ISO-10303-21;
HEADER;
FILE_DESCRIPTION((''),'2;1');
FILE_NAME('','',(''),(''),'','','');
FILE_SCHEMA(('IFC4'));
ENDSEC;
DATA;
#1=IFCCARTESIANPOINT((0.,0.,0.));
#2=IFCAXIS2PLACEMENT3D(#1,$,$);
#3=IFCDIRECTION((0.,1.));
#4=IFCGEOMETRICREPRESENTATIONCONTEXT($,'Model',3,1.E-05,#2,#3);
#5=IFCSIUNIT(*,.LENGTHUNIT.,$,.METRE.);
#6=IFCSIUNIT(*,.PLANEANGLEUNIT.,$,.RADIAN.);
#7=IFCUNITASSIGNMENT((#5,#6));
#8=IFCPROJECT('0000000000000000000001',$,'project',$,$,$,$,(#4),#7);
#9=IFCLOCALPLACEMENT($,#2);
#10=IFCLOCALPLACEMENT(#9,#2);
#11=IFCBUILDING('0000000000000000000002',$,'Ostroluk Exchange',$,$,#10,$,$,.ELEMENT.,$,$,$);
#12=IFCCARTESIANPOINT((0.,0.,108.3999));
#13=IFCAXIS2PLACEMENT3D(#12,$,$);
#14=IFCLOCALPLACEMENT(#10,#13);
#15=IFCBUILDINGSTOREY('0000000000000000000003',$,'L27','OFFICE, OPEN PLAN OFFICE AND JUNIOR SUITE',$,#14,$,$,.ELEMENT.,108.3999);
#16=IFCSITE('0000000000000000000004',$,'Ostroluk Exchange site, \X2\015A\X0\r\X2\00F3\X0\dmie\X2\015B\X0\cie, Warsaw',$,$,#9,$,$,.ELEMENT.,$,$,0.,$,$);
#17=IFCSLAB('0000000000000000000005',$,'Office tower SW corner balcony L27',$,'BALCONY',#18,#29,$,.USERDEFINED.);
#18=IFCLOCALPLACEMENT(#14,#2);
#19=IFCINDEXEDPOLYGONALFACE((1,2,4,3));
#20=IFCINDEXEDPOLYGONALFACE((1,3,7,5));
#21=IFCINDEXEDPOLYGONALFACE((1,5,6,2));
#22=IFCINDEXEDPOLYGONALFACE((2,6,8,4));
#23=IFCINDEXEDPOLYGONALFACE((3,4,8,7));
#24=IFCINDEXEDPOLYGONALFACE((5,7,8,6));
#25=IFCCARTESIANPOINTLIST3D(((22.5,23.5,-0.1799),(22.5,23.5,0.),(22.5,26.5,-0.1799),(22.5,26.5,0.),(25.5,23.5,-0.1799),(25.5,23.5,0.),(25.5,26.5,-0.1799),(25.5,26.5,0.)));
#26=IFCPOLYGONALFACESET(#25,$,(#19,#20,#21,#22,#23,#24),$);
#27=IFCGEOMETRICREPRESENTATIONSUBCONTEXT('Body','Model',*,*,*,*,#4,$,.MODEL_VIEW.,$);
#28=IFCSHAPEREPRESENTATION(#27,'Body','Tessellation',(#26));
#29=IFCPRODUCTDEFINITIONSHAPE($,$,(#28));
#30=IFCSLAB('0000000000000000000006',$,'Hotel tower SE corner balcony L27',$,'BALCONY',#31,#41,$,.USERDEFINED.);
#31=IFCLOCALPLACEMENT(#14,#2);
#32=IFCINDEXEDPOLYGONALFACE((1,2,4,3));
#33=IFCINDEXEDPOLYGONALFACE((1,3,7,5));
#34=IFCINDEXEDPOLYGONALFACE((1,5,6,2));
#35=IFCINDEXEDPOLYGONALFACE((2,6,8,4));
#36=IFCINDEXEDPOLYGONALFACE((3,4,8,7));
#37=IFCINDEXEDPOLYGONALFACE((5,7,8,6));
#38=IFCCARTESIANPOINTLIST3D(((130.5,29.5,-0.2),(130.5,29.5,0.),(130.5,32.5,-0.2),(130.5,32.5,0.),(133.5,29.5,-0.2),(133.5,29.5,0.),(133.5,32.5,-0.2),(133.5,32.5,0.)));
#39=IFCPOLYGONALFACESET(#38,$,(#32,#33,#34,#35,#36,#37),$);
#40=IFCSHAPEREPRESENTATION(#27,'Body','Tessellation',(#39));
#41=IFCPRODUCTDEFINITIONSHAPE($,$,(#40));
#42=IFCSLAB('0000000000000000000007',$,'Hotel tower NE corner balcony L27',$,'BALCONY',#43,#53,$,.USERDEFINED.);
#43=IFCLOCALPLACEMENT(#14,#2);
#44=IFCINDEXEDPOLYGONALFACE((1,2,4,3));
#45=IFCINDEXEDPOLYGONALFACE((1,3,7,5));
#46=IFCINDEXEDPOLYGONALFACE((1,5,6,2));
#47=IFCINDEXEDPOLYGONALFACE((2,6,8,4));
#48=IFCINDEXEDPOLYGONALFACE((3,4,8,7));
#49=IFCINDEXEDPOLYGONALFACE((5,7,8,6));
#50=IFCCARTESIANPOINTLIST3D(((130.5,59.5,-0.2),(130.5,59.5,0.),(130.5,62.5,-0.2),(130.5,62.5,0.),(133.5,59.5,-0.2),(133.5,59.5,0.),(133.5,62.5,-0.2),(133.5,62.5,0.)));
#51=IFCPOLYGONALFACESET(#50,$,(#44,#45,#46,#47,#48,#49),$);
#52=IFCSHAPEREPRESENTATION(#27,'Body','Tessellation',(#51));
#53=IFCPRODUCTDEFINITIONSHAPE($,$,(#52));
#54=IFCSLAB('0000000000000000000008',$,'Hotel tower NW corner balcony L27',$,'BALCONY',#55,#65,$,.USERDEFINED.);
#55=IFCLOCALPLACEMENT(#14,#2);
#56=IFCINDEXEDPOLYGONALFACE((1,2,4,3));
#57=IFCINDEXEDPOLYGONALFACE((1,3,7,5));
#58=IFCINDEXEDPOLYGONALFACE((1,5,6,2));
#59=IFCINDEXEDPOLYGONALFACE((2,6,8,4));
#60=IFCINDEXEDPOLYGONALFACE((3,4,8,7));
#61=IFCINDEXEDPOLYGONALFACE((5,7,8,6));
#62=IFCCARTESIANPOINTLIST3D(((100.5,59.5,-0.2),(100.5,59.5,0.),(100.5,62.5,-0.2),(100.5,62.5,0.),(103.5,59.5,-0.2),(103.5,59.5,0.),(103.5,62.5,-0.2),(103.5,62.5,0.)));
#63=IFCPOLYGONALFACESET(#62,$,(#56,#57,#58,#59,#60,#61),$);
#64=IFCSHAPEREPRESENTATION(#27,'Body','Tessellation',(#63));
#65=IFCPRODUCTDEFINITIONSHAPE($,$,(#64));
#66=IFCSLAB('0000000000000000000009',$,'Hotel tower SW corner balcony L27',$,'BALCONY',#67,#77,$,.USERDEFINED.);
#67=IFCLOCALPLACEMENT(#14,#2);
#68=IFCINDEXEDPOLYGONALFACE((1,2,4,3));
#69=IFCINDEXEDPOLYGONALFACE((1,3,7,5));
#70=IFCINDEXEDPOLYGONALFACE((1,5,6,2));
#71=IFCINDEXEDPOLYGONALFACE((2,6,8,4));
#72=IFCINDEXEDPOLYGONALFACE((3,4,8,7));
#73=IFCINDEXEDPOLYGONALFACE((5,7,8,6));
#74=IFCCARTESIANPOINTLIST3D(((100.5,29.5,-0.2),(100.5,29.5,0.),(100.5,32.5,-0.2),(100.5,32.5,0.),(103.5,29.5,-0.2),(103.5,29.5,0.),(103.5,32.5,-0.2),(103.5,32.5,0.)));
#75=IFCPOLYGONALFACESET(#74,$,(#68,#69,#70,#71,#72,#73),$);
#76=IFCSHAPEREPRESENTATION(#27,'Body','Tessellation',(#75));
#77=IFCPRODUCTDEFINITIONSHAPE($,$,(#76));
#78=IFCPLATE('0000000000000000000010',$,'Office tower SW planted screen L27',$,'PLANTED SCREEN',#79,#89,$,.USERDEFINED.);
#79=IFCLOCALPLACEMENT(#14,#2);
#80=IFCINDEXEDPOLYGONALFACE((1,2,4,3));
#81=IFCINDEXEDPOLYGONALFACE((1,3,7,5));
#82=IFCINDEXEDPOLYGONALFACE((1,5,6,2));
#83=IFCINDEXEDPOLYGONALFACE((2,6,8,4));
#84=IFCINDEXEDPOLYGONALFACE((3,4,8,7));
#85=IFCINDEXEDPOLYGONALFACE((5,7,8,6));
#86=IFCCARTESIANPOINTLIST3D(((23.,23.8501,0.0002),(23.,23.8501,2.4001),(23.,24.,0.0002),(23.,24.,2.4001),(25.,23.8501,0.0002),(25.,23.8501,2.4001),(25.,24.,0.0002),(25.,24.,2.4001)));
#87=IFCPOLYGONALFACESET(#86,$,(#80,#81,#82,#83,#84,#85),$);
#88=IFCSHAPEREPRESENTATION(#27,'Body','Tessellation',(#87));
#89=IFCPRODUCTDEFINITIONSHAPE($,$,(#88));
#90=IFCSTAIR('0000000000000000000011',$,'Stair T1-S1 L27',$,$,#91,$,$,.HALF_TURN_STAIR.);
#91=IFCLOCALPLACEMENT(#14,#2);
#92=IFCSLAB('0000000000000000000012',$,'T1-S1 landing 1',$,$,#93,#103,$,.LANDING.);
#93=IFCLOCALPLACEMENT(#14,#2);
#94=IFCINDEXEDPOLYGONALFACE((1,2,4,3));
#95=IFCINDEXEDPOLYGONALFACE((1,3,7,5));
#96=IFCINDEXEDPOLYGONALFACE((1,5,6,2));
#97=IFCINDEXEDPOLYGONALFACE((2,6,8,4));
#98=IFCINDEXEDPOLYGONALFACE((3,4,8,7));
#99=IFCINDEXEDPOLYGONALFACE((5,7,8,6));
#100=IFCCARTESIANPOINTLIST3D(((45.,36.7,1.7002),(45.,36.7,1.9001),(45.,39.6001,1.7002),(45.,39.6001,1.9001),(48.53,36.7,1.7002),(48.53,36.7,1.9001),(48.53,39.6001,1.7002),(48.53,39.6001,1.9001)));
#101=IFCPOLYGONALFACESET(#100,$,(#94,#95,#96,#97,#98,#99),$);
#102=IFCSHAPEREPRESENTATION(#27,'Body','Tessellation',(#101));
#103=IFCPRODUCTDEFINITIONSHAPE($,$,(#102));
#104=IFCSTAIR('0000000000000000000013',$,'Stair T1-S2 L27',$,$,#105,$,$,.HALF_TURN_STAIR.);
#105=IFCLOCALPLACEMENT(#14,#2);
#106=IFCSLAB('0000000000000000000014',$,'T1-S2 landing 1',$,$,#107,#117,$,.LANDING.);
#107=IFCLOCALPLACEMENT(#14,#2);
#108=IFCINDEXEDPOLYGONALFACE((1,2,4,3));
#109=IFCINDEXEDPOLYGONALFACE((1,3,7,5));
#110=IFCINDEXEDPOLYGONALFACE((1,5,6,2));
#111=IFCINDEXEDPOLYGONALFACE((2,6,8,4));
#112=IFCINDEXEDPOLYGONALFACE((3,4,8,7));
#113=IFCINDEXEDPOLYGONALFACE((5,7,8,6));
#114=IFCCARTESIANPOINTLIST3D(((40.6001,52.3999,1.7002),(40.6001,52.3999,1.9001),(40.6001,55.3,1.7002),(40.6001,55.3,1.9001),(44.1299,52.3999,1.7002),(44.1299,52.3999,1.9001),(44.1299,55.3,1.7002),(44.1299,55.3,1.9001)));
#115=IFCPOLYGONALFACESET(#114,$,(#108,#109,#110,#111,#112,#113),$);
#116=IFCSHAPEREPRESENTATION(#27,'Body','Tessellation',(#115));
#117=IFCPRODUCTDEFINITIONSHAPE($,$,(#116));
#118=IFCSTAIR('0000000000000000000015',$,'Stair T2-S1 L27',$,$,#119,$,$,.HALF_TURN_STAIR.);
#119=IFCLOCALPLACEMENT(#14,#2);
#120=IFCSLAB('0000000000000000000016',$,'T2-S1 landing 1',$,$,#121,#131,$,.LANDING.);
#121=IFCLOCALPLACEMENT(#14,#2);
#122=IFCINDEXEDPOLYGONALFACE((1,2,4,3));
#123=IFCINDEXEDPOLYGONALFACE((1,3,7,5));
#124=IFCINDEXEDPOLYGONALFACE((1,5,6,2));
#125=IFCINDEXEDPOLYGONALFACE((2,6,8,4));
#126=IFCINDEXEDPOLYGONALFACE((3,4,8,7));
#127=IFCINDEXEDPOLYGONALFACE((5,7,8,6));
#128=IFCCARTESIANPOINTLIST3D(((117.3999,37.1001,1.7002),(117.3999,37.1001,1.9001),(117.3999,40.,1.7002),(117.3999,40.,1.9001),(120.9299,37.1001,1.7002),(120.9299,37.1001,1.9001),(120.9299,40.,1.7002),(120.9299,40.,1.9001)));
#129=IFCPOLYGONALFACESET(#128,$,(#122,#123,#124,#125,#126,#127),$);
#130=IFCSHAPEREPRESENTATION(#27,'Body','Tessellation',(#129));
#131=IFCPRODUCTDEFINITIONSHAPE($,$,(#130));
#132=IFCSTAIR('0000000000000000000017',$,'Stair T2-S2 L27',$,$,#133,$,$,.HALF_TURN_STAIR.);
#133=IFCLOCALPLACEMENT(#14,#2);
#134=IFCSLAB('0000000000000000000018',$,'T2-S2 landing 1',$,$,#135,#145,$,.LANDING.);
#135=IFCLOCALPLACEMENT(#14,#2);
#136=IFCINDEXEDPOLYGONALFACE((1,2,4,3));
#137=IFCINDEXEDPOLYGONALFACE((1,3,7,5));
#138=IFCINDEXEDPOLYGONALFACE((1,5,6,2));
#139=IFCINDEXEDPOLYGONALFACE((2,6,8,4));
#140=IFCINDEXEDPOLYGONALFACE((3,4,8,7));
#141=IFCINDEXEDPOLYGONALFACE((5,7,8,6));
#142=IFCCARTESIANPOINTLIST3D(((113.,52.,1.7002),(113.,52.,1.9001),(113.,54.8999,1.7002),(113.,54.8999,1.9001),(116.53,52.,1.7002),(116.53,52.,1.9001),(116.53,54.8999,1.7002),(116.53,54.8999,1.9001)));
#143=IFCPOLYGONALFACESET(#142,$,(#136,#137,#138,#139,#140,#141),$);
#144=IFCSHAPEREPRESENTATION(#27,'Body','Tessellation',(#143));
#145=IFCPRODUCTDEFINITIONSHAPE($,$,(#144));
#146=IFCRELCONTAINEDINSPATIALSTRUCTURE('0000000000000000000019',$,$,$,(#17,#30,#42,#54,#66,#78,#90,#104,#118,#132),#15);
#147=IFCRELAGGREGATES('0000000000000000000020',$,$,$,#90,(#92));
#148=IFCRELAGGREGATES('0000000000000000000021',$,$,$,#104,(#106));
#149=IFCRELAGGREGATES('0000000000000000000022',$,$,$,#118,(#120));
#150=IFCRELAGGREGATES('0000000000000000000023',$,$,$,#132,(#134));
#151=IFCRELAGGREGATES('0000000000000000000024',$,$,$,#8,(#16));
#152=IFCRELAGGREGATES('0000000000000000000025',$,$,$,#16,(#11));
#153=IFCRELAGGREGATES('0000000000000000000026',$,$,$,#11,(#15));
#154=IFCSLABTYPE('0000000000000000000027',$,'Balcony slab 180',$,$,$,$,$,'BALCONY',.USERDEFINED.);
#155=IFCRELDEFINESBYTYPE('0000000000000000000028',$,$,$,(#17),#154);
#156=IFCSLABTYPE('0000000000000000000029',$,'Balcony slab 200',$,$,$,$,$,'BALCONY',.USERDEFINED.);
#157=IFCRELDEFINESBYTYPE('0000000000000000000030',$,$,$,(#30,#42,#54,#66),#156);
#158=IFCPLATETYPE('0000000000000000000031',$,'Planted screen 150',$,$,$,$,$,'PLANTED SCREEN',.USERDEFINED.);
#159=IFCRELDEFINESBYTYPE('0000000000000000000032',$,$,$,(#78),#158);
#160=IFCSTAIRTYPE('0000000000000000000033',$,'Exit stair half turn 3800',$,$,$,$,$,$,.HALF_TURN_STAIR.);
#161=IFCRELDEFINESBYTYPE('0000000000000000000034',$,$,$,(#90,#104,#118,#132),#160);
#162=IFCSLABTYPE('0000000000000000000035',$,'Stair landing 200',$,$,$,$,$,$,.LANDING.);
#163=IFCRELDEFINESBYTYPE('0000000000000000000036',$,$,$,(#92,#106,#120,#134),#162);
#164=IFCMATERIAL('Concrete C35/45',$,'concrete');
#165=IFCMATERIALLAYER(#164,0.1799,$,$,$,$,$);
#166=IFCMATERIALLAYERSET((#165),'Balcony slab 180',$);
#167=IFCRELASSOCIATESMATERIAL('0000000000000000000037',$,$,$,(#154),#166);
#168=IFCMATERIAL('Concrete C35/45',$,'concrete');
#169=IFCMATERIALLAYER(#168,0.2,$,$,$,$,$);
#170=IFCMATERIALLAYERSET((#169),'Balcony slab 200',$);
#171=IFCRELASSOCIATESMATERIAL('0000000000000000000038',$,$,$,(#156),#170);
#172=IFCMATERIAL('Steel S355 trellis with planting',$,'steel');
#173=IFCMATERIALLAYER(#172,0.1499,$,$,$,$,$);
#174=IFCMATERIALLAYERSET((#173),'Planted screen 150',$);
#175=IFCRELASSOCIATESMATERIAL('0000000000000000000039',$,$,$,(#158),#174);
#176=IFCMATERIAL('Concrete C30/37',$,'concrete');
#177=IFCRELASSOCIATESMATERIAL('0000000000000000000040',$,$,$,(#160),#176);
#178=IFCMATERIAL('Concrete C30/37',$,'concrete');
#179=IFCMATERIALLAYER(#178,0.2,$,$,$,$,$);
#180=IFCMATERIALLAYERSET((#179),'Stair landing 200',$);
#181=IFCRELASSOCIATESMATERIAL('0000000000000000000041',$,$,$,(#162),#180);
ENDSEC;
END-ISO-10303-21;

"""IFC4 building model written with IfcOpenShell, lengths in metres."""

from ifc_helpers import new_model, si_unit, direction, frame, origin, origin_2d, place, context, subcontext, project, spatial, polyline, rectangle, outline, extrude, material, layer, layer_set, type_object, element, aggregate, save


model = new_model("IFC4")

# Units and contexts
model_context = context("Model", 3, precision=1e-05, world=origin(), true_north=direction((0.0, 1.0)))
body_context = subcontext(model_context, "Body", "Model", "MODEL_VIEW")
ifc_project = project(units=[si_unit("LENGTHUNIT", "METRE"), si_unit("PLANEANGLEUNIT", "RADIAN")], contexts=[model_context])

# Site, building, storey
site_placement = place(None, origin())
site = spatial("IfcSite", under=ifc_project, at=site_placement, Name="Ostroluk Exchange site, Śródmieście, Warsaw", CompositionType="ELEMENT", RefElevation=0.0)
building_placement = place(site_placement, origin())
building = spatial("IfcBuilding", under=site, at=building_placement, Name="Ostroluk Exchange", CompositionType="ELEMENT")
storey_placement = place(building_placement, frame((0.0, 0.0, 108.3999)))
storey = spatial("IfcBuildingStorey", under=building, at=storey_placement, Name="L27", Description="OFFICE, OPEN PLAN OFFICE AND JUNIOR SUITE", CompositionType="ELEMENT", Elevation=108.3999)

# Slabs
ifc_material_1 = material(Name="Concrete C35/45", Category="concrete")
ifc_layer_1 = layer(ifc_material_1, 0.1799)
ifc_layer_set_1 = layer_set([ifc_layer_1], Name="Balcony slab 180")
slab_type_1 = type_object("IfcSlabType", Name="Balcony slab 180", ElementType="BALCONY", PredefinedType="USERDEFINED", material=ifc_layer_set_1)
slab_1_placement = place(storey_placement, frame((0.0, 0.0, -0.1799)))
element("IfcSlab", 1, at=slab_1_placement, inside=storey, type_object=slab_type_1, Name="Office tower SW corner balcony L27", ObjectType="BALCONY", PredefinedType="USERDEFINED", context=body_context, shape_type="SweptSolid", body=[
    extrude(outline(polyline([(22.5, 23.5), (25.5, 23.5), (25.5, 26.5), (22.5, 26.5), (22.5, 23.5)])), origin(), (0.0, 0.0, 1.0), 0.1799),
])
ifc_material_2 = material(Name="Concrete C35/45", Category="concrete")
ifc_layer_2 = layer(ifc_material_2, 0.2)
ifc_layer_set_2 = layer_set([ifc_layer_2], Name="Balcony slab 200")
slab_type_2 = type_object("IfcSlabType", Name="Balcony slab 200", ElementType="BALCONY", PredefinedType="USERDEFINED", material=ifc_layer_set_2)
slab_2_placement = place(storey_placement, frame((0.0, 0.0, -0.2)))
element("IfcSlab", 2, at=slab_2_placement, inside=storey, type_object=slab_type_2, Name="Hotel tower SE corner balcony L27", ObjectType="BALCONY", PredefinedType="USERDEFINED", context=body_context, shape_type="SweptSolid", body=[
    extrude(outline(polyline([(130.5, 29.5), (133.5, 29.5), (133.5, 32.5), (130.5, 32.5), (130.5, 29.5)])), origin(), (0.0, 0.0, 1.0), 0.2),
])
slab_3_placement = place(storey_placement, frame((0.0, 0.0, -0.2)))
element("IfcSlab", 3, at=slab_3_placement, inside=storey, type_object=slab_type_2, Name="Hotel tower NE corner balcony L27", ObjectType="BALCONY", PredefinedType="USERDEFINED", context=body_context, shape_type="SweptSolid", body=[
    extrude(outline(polyline([(130.5, 59.5), (133.5, 59.5), (133.5, 62.5), (130.5, 62.5), (130.5, 59.5)])), origin(), (0.0, 0.0, 1.0), 0.2),
])
slab_4_placement = place(storey_placement, frame((0.0, 0.0, -0.2)))
element("IfcSlab", 4, at=slab_4_placement, inside=storey, type_object=slab_type_2, Name="Hotel tower NW corner balcony L27", ObjectType="BALCONY", PredefinedType="USERDEFINED", context=body_context, shape_type="SweptSolid", body=[
    extrude(outline(polyline([(100.5, 59.5), (103.5, 59.5), (103.5, 62.5), (100.5, 62.5), (100.5, 59.5)])), origin(), (0.0, 0.0, 1.0), 0.2),
])
slab_5_placement = place(storey_placement, frame((0.0, 0.0, -0.2)))
element("IfcSlab", 5, at=slab_5_placement, inside=storey, type_object=slab_type_2, Name="Hotel tower SW corner balcony L27", ObjectType="BALCONY", PredefinedType="USERDEFINED", context=body_context, shape_type="SweptSolid", body=[
    extrude(outline(polyline([(100.5, 29.5), (103.5, 29.5), (103.5, 32.5), (100.5, 32.5), (100.5, 29.5)])), origin(), (0.0, 0.0, 1.0), 0.2),
])

# Plate
ifc_material_3 = material(Name="Steel S355 trellis with planting", Category="steel")
ifc_layer_3 = layer(ifc_material_3, 0.1499)
ifc_layer_set_3 = layer_set([ifc_layer_3], Name="Planted screen 150")
plate_type = type_object("IfcPlateType", Name="Planted screen 150", ElementType="PLANTED SCREEN", PredefinedType="USERDEFINED", material=ifc_layer_set_3)
plate_placement = place(storey_placement, frame((24.0, 23.925, 0.0002), z_axis=(0.0, 0.0, 1.0), x_axis=(1.0, 0.0, 0.0)))
element("IfcPlate", 6, at=plate_placement, inside=storey, type_object=plate_type, Name="Office tower SW planted screen L27", ObjectType="PLANTED SCREEN", PredefinedType="USERDEFINED", context=body_context, shape_type="SweptSolid", body=[
    extrude(rectangle(XDim=2.0, YDim=0.1499, at=origin_2d()), origin(), (0.0, 0.0, 1.0), 2.3999),
])

# Stairs, slabs
ifc_material_4 = material(Name="Concrete C30/37", Category="concrete")
stair_type = type_object("IfcStairType", Name="Exit stair half turn 3800", PredefinedType="HALF_TURN_STAIR", material=ifc_material_4)
stair_1_placement = place(storey_placement, origin())
stair_1 = element("IfcStair", 7, at=stair_1_placement, inside=storey, type_object=stair_type, Name="Stair T1-S1 L27", PredefinedType="HALF_TURN_STAIR")
ifc_material_5 = material(Name="Concrete C30/37", Category="concrete")
ifc_layer_4 = layer(ifc_material_5, 0.2)
ifc_layer_set_4 = layer_set([ifc_layer_4], Name="Stair landing 200")
slab_type_3 = type_object("IfcSlabType", Name="Stair landing 200", PredefinedType="LANDING", material=ifc_layer_set_4)
slab_6_placement = place(storey_placement, frame((0.0, 0.0, 1.7002)))
slab_6 = element("IfcSlab", 8, at=slab_6_placement, type_object=slab_type_3, Name="T1-S1 landing 1", PredefinedType="LANDING", context=body_context, shape_type="SweptSolid", body=[
    extrude(outline(polyline([(45.0, 36.7), (45.0, 39.6001), (48.53, 39.6001), (48.53, 36.7), (45.0, 36.7)])), origin(), (0.0, 0.0, 1.0), 0.2),
])
aggregate(stair_1, [slab_6])
stair_2_placement = place(storey_placement, origin())
stair_2 = element("IfcStair", 9, at=stair_2_placement, inside=storey, type_object=stair_type, Name="Stair T1-S2 L27", PredefinedType="HALF_TURN_STAIR")
slab_7_placement = place(storey_placement, frame((0.0, 0.0, 1.7002)))
slab_7 = element("IfcSlab", 10, at=slab_7_placement, type_object=slab_type_3, Name="T1-S2 landing 1", PredefinedType="LANDING", context=body_context, shape_type="SweptSolid", body=[
    extrude(outline(polyline([(44.1299, 52.3999), (44.1299, 55.3), (40.6001, 55.3), (40.6001, 52.3999), (44.1299, 52.3999)])), origin(), (0.0, 0.0, 1.0), 0.2),
])
aggregate(stair_2, [slab_7])
stair_3_placement = place(storey_placement, origin())
stair_3 = element("IfcStair", 11, at=stair_3_placement, inside=storey, type_object=stair_type, Name="Stair T2-S1 L27", PredefinedType="HALF_TURN_STAIR")
slab_8_placement = place(storey_placement, frame((0.0, 0.0, 1.7002)))
slab_8 = element("IfcSlab", 12, at=slab_8_placement, type_object=slab_type_3, Name="T2-S1 landing 1", PredefinedType="LANDING", context=body_context, shape_type="SweptSolid", body=[
    extrude(outline(polyline([(117.3999, 37.1001), (117.3999, 40.0), (120.9299, 40.0), (120.9299, 37.1001), (117.3999, 37.1001)])), origin(), (0.0, 0.0, 1.0), 0.2),
])
aggregate(stair_3, [slab_8])
stair_4_placement = place(storey_placement, origin())
stair_4 = element("IfcStair", 13, at=stair_4_placement, inside=storey, type_object=stair_type, Name="Stair T2-S2 L27", PredefinedType="HALF_TURN_STAIR")
slab_9_placement = place(storey_placement, frame((0.0, 0.0, 1.7002)))
slab_9 = element("IfcSlab", 14, at=slab_9_placement, type_object=slab_type_3, Name="T2-S2 landing 1", PredefinedType="LANDING", context=body_context, shape_type="SweptSolid", body=[
    extrude(outline(polyline([(116.53, 52.0), (116.53, 54.8999), (113.0, 54.8999), (113.0, 52.0), (116.53, 52.0)])), origin(), (0.0, 0.0, 1.0), 0.2),
])
aggregate(stair_4, [slab_9])

save(model, "model.ifc")
